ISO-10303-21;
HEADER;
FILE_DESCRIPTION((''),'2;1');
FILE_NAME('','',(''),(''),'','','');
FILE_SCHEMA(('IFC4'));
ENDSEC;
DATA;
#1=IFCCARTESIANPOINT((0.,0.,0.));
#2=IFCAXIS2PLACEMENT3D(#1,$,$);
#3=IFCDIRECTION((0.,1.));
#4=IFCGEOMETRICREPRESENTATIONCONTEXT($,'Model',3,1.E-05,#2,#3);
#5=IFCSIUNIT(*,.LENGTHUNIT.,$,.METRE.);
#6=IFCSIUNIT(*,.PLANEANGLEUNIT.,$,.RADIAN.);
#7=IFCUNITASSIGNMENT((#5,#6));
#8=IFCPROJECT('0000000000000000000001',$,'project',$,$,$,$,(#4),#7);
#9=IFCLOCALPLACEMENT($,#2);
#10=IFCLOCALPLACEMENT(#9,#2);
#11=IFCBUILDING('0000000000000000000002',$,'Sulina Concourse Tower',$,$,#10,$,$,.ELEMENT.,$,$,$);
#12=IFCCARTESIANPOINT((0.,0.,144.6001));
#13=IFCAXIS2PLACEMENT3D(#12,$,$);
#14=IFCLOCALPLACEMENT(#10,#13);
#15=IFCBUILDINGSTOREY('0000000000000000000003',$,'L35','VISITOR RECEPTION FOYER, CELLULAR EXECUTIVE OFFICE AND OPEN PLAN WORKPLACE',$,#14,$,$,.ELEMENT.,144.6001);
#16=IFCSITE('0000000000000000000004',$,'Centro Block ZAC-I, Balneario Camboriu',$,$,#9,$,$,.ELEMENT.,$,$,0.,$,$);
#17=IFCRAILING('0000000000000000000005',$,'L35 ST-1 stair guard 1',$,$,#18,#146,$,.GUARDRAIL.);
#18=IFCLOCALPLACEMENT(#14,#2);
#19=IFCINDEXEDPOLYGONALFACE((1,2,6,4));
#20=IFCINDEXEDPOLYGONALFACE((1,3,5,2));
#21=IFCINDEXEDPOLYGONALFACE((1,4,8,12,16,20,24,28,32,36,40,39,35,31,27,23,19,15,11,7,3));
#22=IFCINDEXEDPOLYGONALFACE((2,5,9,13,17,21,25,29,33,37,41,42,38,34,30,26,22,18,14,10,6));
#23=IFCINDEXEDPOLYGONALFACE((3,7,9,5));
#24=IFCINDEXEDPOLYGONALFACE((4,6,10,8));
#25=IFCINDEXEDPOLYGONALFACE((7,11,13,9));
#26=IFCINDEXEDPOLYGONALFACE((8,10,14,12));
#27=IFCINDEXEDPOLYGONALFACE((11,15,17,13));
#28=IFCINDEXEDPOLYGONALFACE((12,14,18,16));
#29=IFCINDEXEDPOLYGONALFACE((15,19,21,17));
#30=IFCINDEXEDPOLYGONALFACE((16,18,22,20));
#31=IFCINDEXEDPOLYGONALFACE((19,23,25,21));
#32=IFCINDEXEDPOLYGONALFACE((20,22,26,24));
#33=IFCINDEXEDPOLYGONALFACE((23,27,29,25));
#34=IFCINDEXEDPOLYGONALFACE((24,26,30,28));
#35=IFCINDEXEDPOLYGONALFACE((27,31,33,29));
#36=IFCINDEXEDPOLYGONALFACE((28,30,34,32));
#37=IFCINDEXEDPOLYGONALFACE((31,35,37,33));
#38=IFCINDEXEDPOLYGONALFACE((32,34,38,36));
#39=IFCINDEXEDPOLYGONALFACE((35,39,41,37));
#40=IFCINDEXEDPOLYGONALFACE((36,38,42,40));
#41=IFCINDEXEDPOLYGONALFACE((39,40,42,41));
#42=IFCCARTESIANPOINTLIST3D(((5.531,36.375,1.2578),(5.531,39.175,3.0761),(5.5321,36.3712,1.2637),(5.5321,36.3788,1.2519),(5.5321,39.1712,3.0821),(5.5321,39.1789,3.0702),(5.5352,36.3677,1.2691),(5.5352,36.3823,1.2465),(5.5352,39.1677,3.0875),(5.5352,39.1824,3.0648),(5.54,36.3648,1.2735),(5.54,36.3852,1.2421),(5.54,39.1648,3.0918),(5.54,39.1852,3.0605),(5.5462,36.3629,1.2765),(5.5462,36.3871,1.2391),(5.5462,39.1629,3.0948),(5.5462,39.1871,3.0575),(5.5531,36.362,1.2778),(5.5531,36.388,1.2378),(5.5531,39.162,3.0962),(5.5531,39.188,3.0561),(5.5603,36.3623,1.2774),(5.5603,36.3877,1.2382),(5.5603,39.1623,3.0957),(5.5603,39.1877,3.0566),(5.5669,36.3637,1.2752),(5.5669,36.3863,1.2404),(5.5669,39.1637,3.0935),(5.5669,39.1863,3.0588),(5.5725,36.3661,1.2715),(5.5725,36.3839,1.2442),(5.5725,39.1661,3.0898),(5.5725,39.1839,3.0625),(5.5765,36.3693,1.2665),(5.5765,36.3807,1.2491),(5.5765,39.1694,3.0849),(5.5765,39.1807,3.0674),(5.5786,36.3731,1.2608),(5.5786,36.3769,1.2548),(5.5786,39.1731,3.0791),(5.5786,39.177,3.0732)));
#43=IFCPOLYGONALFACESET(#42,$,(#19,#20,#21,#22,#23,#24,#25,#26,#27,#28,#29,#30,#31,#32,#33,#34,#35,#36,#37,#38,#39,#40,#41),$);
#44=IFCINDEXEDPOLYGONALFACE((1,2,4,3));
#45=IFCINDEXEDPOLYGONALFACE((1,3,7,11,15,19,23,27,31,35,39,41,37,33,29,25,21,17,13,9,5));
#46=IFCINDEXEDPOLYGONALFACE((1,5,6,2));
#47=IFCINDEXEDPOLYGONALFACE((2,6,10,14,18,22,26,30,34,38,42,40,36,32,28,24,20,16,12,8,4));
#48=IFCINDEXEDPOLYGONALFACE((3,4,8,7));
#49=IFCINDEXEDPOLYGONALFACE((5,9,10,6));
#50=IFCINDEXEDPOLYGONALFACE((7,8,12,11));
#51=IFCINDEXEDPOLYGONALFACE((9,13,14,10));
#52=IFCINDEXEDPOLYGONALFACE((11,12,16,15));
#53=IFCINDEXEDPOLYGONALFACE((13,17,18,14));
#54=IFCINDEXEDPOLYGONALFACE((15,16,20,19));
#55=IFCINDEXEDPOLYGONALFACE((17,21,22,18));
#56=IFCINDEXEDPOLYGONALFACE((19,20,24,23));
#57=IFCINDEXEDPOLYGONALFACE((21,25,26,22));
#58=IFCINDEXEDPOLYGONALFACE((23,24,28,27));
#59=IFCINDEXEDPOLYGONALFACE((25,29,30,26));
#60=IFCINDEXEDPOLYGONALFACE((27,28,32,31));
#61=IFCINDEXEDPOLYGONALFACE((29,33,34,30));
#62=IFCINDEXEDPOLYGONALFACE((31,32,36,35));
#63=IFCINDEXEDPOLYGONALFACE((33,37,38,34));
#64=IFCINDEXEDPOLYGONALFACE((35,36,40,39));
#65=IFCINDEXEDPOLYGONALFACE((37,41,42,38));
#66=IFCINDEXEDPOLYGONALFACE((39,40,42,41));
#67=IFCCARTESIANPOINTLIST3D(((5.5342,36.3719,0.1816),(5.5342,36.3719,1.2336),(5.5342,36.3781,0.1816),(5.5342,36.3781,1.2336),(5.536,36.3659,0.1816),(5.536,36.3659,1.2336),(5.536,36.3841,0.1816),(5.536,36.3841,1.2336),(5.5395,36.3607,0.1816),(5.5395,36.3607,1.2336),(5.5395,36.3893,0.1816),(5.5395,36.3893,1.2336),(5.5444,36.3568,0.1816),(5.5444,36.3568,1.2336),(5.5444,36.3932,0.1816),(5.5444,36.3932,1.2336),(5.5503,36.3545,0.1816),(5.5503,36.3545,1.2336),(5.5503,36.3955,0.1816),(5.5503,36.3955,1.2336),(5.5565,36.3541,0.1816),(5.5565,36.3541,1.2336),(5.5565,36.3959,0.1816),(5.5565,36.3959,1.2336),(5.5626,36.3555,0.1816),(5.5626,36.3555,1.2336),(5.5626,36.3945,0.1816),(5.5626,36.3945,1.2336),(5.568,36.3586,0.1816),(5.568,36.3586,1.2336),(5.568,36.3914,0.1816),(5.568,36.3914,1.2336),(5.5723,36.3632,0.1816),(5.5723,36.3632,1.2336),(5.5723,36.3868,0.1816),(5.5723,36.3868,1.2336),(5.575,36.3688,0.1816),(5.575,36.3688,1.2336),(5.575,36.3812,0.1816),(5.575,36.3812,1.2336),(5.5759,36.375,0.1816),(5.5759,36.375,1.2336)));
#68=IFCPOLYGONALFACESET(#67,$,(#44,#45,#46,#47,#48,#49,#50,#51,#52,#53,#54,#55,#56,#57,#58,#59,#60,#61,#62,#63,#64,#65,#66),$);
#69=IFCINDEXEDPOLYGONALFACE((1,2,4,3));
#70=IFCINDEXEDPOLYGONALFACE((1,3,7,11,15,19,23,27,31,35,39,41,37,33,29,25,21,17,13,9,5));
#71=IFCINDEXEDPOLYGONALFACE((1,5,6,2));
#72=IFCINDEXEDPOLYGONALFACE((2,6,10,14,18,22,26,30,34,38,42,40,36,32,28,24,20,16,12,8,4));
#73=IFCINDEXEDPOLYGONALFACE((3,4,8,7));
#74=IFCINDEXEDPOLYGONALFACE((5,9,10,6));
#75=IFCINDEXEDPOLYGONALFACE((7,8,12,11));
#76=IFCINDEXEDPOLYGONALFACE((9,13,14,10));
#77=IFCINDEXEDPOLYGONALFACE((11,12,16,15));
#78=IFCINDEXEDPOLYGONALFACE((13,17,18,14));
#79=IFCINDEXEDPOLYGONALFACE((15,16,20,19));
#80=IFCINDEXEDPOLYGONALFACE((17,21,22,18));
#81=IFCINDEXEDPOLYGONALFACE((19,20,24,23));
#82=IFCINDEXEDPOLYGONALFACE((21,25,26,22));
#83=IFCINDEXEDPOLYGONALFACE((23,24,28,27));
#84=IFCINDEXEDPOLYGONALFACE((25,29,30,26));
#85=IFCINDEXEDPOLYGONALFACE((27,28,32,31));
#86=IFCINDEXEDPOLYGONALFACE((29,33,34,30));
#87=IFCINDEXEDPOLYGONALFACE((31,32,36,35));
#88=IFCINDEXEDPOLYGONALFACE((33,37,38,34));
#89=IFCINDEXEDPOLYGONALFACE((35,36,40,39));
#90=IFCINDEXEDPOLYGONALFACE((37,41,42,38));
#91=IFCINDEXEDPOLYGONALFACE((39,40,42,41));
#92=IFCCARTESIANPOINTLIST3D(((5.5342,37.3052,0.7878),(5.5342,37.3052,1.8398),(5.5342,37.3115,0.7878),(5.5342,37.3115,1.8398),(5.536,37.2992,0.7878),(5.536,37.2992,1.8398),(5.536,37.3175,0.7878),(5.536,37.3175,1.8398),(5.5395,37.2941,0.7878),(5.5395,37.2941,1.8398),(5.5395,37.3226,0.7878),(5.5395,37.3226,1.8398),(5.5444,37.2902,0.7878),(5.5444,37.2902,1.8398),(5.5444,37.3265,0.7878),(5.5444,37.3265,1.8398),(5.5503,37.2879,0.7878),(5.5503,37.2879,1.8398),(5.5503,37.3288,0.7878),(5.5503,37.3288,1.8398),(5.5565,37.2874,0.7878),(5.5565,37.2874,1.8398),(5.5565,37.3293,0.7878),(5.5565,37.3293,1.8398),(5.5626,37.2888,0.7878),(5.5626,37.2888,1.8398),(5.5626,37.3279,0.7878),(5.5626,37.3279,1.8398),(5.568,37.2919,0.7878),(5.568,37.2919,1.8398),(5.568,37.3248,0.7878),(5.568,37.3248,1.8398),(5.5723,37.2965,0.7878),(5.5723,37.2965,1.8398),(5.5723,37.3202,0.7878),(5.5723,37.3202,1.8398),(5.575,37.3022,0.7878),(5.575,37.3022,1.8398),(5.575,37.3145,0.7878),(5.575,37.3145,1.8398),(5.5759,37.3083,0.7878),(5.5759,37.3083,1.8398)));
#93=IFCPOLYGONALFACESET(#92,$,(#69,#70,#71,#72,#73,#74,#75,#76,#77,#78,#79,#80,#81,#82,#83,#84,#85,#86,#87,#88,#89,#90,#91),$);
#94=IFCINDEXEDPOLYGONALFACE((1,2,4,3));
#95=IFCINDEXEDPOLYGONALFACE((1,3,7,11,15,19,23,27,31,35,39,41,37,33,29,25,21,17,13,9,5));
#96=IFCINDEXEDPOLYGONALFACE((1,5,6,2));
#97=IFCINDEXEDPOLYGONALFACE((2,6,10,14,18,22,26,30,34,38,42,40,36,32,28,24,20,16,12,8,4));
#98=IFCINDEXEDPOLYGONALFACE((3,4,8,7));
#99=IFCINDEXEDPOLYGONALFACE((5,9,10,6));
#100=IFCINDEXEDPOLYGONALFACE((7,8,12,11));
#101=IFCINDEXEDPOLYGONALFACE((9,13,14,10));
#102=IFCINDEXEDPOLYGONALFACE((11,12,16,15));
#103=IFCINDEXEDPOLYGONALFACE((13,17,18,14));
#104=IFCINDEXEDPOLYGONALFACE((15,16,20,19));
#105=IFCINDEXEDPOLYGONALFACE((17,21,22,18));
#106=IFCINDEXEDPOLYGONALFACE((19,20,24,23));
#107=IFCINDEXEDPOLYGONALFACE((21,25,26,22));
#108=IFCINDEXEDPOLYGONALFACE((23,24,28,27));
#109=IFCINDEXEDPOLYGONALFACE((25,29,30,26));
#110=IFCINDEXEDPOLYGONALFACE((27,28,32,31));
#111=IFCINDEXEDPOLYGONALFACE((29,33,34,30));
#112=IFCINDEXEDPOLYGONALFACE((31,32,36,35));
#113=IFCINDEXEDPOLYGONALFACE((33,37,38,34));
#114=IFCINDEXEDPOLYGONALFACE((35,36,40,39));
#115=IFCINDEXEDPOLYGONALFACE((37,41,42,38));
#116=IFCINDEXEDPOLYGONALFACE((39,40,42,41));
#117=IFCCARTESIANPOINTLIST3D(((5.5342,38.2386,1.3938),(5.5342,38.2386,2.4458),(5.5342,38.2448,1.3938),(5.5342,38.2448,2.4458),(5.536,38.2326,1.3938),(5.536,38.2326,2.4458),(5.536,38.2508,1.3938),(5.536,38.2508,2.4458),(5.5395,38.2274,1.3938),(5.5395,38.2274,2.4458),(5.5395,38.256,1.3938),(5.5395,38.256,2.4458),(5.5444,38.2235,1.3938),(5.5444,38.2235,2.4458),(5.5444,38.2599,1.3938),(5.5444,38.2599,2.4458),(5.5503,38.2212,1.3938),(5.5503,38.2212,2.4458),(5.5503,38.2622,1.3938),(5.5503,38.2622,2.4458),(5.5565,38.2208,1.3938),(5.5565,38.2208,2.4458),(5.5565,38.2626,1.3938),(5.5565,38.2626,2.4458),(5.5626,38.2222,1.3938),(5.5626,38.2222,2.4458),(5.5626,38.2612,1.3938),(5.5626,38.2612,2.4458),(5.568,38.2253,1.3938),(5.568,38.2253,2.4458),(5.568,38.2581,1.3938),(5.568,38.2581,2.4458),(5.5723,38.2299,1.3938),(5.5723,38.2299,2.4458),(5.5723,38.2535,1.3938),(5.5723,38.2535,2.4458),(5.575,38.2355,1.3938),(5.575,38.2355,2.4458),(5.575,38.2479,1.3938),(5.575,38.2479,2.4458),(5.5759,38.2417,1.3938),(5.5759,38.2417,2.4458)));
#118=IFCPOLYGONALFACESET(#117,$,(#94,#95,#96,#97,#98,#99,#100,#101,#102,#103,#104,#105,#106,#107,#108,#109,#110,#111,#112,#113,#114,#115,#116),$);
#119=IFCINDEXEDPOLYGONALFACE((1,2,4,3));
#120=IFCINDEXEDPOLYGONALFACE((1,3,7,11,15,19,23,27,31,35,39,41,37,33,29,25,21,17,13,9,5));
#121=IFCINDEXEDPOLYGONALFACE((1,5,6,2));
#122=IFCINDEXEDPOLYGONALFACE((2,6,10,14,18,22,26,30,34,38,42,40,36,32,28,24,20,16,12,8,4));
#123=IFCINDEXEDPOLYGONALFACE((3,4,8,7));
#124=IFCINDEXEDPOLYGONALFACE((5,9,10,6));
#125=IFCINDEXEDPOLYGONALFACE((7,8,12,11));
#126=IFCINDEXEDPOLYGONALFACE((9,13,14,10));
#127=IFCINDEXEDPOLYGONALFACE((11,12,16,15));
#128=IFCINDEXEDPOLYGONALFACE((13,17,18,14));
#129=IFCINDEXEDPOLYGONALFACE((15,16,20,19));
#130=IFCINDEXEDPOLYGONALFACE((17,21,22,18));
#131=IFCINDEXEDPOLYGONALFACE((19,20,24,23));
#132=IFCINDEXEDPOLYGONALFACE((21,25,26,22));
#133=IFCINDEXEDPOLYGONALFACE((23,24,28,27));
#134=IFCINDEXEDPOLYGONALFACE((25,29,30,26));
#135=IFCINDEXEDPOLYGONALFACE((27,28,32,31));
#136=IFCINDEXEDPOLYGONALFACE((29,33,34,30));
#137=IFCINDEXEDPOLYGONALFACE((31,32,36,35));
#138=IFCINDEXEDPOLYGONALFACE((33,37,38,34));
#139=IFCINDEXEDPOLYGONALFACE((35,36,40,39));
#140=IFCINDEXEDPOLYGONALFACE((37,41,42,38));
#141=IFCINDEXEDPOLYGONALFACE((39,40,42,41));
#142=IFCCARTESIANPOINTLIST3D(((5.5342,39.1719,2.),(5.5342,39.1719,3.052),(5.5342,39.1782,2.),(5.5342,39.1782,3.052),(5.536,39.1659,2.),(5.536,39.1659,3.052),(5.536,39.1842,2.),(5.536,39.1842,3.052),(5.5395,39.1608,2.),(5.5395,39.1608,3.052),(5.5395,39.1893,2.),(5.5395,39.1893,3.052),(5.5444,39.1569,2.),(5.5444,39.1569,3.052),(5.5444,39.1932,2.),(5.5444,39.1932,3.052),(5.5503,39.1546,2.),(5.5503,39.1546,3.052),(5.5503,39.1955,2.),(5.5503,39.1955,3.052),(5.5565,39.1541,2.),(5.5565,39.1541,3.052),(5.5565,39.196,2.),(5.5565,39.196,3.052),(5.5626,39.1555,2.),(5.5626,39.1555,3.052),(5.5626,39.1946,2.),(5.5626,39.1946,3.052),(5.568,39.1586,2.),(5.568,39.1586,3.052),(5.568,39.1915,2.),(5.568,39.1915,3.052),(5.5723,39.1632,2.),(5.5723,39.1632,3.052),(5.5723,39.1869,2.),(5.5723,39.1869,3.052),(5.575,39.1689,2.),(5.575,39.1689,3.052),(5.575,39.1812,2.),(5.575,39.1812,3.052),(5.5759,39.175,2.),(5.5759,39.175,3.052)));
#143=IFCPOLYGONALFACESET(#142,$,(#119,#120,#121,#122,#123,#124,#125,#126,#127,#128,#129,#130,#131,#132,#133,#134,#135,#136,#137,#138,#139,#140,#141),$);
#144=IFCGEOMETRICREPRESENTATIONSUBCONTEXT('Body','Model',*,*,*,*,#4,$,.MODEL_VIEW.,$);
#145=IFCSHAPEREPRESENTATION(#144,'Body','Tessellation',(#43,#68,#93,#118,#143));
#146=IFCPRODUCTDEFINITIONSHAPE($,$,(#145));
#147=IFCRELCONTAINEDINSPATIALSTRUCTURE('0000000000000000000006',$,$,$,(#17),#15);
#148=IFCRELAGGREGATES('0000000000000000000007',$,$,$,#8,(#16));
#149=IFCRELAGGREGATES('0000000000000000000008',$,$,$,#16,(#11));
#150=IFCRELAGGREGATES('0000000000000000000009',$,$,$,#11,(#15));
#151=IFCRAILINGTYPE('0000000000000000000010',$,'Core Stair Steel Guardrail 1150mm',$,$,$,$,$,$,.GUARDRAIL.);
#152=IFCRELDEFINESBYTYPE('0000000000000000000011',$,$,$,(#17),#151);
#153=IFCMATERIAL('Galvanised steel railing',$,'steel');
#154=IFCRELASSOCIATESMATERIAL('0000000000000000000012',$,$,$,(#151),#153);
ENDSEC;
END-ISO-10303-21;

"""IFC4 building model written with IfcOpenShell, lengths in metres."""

from ifc_helpers import new_model, si_unit, direction, frame, origin, origin_2d, place, context, subcontext, project, spatial, circle, extrude, material, type_object, element, save


model = new_model("IFC4")

# Units and contexts
model_context = context("Model", 3, precision=1e-05, world=origin(), true_north=direction((0.0, 1.0)))
body_context = subcontext(model_context, "Body", "Model", "MODEL_VIEW")
ifc_project = project(units=[si_unit("LENGTHUNIT", "METRE"), si_unit("PLANEANGLEUNIT", "RADIAN")], contexts=[model_context])

# Site, building, storey
site_placement = place(None, origin())
site = spatial("IfcSite", under=ifc_project, at=site_placement, Name="Centro Block ZAC-I, Balneario Camboriu", CompositionType="ELEMENT", RefElevation=0.0)
building_placement = place(site_placement, origin())
building = spatial("IfcBuilding", under=site, at=building_placement, Name="Sulina Concourse Tower", CompositionType="ELEMENT")
storey_placement = place(building_placement, frame((0.0, 0.0, 144.6001)))
storey = spatial("IfcBuildingStorey", under=building, at=storey_placement, Name="L35", Description="VISITOR RECEPTION FOYER, CELLULAR EXECUTIVE OFFICE AND OPEN PLAN WORKPLACE", CompositionType="ELEMENT", Elevation=144.6001)

# Railing
ifc_material_1 = material(Name="Galvanised steel railing", Category="steel")
railing_type_1 = type_object("IfcRailingType", Name="Core Stair Steel Guardrail 1150mm", PredefinedType="GUARDRAIL", material=ifc_material_1)
railing_1_placement = place(storey_placement, frame((5.5549, 36.375, 0.1816)))
element("IfcRailing", 1, at=railing_1_placement, inside=storey, type_object=railing_type_1, Name="L35 ST-1 stair guard 1", PredefinedType="GUARDRAIL", context=body_context, shape_type="SweptSolid", body=[
    extrude(circle(Radius=0.0239, at=origin_2d()), frame((0.0, 0.0, 1.0762), z_axis=(0.0, 0.838672, 0.544636), x_axis=(-1.0, 0.0, 0.0)), (0.0, 0.0, 1.0), 3.3386),
    extrude(circle(Radius=0.021, at=origin_2d()), origin(), (0.0, 0.0, 1.0), 1.052),
    extrude(circle(Radius=0.021, at=origin_2d()), frame((0.0, 0.9333, 0.6062)), (0.0, 0.0, 1.0), 1.052),
    extrude(circle(Radius=0.021, at=origin_2d()), frame((0.0, 1.8667, 1.2122)), (0.0, 0.0, 1.0), 1.052),
    extrude(circle(Radius=0.021, at=origin_2d()), frame((0.0, 2.8, 1.8184)), (0.0, 0.0, 1.0), 1.052),
])

save(model, "model.ifc")
